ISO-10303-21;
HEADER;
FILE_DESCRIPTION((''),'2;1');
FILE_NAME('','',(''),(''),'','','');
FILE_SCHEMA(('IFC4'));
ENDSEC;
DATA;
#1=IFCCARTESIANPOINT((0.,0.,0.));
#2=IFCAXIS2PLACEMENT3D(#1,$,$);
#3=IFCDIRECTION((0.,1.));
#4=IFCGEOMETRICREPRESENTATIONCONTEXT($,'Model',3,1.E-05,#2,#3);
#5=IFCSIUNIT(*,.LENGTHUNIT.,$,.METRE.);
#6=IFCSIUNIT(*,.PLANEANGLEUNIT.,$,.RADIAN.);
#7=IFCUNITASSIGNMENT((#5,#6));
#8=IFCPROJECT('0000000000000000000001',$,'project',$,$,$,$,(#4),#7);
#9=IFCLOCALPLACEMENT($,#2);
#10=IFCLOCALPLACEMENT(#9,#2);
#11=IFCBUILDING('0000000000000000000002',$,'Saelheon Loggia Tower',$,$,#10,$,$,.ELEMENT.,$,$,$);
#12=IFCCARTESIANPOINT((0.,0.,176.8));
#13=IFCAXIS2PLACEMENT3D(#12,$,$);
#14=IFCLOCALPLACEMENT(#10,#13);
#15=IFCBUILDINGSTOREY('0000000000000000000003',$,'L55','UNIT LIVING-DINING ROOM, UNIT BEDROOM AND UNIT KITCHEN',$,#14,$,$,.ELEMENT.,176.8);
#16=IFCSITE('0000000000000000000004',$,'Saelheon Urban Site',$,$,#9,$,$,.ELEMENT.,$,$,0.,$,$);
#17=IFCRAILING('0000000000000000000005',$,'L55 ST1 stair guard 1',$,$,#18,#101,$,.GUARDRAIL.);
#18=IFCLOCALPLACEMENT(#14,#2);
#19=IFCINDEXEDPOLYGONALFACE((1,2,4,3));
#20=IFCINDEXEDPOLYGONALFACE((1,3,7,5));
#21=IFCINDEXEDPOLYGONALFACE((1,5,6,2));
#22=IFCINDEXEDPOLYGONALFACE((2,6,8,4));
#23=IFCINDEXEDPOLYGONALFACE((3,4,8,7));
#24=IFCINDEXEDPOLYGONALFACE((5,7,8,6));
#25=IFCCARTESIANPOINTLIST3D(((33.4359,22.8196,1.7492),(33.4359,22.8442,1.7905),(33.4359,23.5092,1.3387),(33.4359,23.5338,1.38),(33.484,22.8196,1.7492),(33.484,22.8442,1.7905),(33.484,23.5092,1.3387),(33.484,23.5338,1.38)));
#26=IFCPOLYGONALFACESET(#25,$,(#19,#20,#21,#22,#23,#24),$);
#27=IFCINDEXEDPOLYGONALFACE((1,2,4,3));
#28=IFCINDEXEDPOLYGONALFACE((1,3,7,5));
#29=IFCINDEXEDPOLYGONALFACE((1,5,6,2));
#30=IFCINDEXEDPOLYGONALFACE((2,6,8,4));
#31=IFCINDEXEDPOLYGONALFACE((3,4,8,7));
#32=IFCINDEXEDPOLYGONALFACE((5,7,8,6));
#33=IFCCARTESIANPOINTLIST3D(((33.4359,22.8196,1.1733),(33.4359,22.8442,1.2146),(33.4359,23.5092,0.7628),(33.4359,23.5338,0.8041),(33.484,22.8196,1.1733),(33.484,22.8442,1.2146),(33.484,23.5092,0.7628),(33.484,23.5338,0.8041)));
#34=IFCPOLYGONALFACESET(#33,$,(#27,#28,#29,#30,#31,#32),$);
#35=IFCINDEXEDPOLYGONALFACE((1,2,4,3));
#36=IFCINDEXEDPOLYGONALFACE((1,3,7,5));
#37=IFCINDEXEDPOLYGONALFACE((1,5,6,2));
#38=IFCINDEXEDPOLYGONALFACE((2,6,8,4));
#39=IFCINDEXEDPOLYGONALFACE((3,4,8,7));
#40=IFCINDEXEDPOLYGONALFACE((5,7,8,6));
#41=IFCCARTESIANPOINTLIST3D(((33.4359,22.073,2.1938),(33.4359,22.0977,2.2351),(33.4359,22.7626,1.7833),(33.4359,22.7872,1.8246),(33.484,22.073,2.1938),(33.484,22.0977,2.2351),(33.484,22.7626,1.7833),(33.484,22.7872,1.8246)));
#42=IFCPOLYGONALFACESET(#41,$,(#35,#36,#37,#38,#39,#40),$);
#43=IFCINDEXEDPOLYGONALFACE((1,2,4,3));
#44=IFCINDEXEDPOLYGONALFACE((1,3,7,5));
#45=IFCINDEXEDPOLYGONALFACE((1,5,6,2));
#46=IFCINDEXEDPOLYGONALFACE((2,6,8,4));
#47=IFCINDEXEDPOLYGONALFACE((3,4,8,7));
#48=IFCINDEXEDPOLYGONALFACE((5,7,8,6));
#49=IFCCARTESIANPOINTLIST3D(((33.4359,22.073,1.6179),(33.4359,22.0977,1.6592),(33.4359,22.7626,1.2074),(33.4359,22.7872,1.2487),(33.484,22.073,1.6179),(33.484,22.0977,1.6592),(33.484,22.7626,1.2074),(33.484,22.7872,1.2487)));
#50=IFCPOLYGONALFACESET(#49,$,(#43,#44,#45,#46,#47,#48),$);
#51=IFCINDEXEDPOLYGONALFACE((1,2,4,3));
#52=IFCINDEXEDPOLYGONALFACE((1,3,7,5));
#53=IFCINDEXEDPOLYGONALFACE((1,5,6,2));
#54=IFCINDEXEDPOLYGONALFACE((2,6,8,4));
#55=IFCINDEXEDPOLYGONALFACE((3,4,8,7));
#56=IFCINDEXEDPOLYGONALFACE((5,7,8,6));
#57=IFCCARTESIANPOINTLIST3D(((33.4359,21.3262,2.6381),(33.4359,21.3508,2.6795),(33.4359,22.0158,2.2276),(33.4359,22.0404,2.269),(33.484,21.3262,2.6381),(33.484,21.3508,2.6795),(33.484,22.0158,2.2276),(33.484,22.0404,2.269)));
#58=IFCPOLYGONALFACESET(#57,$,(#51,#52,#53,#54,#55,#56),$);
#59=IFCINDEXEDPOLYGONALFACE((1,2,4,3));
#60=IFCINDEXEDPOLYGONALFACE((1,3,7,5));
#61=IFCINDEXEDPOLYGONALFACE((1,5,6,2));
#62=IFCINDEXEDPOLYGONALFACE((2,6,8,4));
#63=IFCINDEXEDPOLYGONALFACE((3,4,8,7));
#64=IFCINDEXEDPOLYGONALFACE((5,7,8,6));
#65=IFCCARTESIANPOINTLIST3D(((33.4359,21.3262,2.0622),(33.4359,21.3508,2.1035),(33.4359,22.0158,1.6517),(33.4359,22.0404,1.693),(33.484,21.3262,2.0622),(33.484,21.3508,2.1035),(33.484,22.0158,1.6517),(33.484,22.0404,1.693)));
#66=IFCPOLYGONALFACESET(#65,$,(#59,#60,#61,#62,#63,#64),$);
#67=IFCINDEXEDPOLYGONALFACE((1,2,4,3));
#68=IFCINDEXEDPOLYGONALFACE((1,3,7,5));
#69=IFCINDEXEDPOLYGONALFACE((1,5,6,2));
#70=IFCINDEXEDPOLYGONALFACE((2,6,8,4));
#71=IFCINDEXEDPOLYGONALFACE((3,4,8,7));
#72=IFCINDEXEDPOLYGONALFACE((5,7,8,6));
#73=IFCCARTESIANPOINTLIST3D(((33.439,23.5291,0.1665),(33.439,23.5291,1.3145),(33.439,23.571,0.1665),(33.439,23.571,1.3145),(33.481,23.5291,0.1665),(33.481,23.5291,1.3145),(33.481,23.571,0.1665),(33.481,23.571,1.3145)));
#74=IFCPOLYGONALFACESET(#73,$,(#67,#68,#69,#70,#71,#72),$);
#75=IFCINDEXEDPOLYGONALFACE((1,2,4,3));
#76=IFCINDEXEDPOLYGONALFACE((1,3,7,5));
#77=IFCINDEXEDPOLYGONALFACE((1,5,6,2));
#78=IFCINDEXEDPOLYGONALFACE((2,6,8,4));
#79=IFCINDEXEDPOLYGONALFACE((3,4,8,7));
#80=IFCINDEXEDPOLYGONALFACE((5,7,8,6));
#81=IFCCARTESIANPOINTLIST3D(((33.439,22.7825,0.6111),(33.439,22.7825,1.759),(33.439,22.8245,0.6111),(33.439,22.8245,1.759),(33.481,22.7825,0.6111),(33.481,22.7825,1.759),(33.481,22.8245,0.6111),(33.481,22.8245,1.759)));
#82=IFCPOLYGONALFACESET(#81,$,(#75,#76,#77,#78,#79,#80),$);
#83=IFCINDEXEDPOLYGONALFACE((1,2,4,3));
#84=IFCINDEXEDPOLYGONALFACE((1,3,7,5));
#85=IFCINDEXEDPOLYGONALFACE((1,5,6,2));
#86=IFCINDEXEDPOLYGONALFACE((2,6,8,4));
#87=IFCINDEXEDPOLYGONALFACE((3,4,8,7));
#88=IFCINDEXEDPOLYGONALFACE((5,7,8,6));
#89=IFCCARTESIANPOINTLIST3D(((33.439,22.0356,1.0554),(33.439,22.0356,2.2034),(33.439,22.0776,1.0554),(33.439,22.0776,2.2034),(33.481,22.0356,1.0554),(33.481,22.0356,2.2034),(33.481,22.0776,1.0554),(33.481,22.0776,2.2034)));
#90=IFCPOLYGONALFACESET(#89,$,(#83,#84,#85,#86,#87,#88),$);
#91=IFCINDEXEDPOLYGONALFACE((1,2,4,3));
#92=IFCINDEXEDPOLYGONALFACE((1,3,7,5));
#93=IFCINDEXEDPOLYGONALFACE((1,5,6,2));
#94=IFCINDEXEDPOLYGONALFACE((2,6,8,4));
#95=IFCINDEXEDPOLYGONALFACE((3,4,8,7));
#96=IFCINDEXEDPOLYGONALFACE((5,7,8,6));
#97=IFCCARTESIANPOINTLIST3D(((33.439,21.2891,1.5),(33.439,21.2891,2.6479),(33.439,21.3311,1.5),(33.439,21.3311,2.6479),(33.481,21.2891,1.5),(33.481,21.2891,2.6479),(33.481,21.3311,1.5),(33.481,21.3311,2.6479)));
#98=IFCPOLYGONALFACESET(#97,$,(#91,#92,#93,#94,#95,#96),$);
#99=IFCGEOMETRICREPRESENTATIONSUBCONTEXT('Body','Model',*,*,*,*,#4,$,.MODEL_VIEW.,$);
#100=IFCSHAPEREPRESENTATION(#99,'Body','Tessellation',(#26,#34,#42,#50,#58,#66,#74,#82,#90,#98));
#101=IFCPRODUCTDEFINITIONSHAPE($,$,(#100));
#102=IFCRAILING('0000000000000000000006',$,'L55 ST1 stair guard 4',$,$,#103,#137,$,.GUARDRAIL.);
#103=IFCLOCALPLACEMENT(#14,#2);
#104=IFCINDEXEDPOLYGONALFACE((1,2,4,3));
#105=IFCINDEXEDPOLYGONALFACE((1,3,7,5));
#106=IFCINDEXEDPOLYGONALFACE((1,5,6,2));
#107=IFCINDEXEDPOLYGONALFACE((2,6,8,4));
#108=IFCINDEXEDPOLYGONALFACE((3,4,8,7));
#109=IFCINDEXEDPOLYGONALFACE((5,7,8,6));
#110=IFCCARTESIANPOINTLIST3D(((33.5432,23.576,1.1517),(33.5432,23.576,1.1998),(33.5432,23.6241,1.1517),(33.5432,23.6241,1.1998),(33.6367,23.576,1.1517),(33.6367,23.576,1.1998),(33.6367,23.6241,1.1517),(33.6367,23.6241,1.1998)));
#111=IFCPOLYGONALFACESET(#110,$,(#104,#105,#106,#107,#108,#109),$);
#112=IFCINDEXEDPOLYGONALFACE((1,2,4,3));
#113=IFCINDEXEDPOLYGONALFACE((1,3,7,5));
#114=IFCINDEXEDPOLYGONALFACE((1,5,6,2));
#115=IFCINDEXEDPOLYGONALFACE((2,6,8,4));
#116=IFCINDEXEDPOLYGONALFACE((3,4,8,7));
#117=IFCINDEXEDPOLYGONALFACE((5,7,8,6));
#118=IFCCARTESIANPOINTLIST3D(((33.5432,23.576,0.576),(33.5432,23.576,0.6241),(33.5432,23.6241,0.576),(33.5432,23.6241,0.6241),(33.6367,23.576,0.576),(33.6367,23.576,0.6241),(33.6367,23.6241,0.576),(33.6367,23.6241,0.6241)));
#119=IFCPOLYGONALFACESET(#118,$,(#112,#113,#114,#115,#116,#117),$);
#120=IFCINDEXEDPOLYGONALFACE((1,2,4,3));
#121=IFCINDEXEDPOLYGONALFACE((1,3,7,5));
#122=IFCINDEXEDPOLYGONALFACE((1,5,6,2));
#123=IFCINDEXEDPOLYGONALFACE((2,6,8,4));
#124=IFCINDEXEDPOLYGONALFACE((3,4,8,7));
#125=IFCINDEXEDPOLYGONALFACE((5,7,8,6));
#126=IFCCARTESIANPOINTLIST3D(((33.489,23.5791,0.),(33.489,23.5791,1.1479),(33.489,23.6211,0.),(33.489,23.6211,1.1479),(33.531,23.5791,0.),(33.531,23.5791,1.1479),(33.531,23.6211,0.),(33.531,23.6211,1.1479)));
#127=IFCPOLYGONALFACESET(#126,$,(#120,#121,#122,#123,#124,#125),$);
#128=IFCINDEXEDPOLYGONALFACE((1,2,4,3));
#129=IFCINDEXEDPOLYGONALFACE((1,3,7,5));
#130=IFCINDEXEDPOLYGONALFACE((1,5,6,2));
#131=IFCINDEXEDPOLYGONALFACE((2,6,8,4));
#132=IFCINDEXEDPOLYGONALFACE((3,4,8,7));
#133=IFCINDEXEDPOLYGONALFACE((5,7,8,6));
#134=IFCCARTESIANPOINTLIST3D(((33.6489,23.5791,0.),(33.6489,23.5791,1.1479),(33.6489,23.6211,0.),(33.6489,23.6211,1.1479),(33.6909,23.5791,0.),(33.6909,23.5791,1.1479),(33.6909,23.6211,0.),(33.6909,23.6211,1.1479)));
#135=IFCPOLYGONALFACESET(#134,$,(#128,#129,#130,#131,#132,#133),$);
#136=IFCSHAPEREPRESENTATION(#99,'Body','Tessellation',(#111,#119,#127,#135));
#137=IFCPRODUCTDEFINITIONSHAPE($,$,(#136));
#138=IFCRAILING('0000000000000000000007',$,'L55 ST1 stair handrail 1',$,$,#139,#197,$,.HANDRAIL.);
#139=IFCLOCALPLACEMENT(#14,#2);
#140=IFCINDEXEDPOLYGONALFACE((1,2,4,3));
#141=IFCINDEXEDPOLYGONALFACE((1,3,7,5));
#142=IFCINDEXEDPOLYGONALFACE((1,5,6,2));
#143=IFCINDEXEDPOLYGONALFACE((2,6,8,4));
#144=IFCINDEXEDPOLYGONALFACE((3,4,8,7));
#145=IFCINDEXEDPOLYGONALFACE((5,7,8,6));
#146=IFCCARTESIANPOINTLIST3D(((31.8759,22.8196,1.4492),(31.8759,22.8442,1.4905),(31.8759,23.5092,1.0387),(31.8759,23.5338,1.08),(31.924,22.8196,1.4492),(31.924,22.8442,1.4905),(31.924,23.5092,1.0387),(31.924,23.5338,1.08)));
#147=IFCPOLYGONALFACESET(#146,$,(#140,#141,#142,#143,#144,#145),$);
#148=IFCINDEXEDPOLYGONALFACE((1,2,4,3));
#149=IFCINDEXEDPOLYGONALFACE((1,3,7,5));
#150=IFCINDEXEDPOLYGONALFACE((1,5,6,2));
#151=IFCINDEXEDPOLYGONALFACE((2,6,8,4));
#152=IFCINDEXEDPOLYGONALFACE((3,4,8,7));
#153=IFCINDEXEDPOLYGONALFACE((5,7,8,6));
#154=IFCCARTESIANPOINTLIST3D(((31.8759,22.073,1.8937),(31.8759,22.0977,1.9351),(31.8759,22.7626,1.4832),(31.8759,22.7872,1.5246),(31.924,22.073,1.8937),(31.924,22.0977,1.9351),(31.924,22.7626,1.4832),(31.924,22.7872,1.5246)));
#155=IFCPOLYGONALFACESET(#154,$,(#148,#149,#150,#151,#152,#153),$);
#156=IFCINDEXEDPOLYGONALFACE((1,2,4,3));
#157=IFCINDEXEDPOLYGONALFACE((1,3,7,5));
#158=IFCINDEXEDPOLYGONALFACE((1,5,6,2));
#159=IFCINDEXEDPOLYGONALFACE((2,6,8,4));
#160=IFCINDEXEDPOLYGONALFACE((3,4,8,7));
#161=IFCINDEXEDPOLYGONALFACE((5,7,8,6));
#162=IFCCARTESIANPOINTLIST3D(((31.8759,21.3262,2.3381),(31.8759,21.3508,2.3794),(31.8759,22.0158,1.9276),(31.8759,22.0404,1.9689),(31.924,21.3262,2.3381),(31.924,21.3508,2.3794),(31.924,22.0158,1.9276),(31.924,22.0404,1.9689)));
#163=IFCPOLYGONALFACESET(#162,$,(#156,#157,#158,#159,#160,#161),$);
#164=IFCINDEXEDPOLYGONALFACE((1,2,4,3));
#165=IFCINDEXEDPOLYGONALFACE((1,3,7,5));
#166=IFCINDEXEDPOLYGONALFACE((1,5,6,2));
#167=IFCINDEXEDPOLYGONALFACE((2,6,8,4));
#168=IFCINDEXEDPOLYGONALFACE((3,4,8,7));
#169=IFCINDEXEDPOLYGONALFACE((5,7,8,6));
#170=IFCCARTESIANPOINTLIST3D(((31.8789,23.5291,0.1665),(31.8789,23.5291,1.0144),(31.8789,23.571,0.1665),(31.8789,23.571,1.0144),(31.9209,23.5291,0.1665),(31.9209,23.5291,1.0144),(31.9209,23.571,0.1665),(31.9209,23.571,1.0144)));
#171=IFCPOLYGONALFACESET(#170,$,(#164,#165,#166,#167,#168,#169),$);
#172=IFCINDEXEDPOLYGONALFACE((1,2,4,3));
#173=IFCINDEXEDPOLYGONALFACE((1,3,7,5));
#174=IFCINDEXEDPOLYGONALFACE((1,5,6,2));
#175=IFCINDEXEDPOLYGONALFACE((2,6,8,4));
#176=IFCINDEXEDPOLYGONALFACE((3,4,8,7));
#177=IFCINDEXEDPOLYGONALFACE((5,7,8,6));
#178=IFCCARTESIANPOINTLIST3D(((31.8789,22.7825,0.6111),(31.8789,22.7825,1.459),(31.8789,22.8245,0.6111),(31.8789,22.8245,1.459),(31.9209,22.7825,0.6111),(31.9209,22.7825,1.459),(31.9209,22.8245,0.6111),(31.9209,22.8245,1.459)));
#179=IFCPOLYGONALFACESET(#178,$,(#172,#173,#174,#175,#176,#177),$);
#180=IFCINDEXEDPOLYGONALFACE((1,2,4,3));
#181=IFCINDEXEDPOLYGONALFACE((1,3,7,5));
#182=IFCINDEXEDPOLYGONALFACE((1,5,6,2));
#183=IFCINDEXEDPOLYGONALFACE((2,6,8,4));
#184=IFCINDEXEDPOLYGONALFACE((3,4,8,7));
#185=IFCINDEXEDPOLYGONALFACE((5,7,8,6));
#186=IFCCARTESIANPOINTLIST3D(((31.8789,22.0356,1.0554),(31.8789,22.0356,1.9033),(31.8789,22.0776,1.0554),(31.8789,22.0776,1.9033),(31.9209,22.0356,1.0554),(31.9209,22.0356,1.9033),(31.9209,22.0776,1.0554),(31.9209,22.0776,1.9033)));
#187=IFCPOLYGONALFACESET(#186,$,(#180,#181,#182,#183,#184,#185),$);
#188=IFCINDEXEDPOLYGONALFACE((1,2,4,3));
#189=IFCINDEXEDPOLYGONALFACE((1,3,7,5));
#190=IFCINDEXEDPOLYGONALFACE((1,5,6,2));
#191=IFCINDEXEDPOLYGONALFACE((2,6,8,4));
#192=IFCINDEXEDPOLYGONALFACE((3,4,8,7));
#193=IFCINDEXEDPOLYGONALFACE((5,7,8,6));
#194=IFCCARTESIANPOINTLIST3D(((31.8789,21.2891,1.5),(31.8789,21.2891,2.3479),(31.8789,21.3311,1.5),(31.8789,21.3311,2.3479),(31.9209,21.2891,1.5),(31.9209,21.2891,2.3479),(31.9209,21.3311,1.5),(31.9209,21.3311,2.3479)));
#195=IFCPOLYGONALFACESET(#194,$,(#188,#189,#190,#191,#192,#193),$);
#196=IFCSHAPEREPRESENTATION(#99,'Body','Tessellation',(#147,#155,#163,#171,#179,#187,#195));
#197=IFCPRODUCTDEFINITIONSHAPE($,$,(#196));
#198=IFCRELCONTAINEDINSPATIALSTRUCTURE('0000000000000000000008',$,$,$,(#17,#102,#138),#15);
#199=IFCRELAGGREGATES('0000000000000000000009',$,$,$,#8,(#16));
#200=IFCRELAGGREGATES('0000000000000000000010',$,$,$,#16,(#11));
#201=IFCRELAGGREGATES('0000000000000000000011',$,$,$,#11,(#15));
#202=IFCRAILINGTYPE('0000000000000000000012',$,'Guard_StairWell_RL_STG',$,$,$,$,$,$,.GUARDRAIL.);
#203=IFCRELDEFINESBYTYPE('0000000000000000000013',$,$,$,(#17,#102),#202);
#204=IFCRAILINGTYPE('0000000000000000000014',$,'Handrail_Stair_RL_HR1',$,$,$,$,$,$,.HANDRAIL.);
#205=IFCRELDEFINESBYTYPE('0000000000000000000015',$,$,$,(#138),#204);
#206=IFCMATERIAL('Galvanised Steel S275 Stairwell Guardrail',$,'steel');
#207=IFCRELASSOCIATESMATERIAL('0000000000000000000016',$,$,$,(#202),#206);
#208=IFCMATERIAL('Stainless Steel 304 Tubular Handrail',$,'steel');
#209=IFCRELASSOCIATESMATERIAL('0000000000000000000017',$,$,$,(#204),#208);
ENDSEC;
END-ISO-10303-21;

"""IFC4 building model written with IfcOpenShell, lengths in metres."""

from ifc_helpers import new_model, si_unit, direction, frame, origin, origin_2d, place, context, subcontext, project, spatial, rectangle, extrude, material, type_object, element, save


model = new_model("IFC4")

# Units and contexts
model_context = context("Model", 3, precision=1e-05, world=origin(), true_north=direction((0.0, 1.0)))
body_context = subcontext(model_context, "Body", "Model", "MODEL_VIEW")
ifc_project = project(units=[si_unit("LENGTHUNIT", "METRE"), si_unit("PLANEANGLEUNIT", "RADIAN")], contexts=[model_context])

# Site, building, storey
site_placement = place(None, origin())
site = spatial("IfcSite", under=ifc_project, at=site_placement, Name="Saelheon Urban Site", CompositionType="ELEMENT", RefElevation=0.0)
building_placement = place(site_placement, origin())
building = spatial("IfcBuilding", under=site, at=building_placement, Name="Saelheon Loggia Tower", CompositionType="ELEMENT")
storey_placement = place(building_placement, frame((0.0, 0.0, 176.8)))
storey = spatial("IfcBuildingStorey", under=building, at=storey_placement, Name="L55", Description="UNIT LIVING-DINING ROOM, UNIT BEDROOM AND UNIT KITCHEN", CompositionType="ELEMENT", Elevation=176.8)

# Railings
ifc_material_1 = material(Name="Galvanised Steel S275 Stairwell Guardrail", Category="steel")
railing_type_1 = type_object("IfcRailingType", Name="Guard_StairWell_RL_STG", PredefinedType="GUARDRAIL", material=ifc_material_1)
railing_1_placement = place(storey_placement, frame((33.46, 23.55, 0.1665)))
element("IfcRailing", 1, at=railing_1_placement, inside=storey, type_object=railing_type_1, Name="L55 ST1 stair guard 1", PredefinedType="GUARDRAIL", context=body_context, shape_type="SweptSolid", body=[
    extrude(rectangle(XDim=0.0481, YDim=0.0481, at=origin_2d()), frame((0.0, -0.0286, 1.1929), z_axis=(0.0, -0.859264, 0.511532), x_axis=(1.0, 0.0, 0.0)), (0.0, 0.0, 1.0), 0.8025),
    extrude(rectangle(XDim=0.0481, YDim=0.0481, at=origin_2d()), frame((0.0, -0.0286, 0.6169), z_axis=(0.0, -0.859264, 0.511532), x_axis=(1.0, 0.0, 0.0)), (0.0, 0.0, 1.0), 0.8025),
    extrude(rectangle(XDim=0.0481, YDim=0.0481, at=origin_2d()), frame((0.0, -0.7751, 1.6375), z_axis=(0.0, -0.859264, 0.511532), x_axis=(1.0, 0.0, 0.0)), (0.0, 0.0, 1.0), 0.8025),
    extrude(rectangle(XDim=0.0481, YDim=0.0481, at=origin_2d()), frame((0.0, -0.7751, 1.0615), z_axis=(0.0, -0.859264, 0.511532), x_axis=(1.0, 0.0, 0.0)), (0.0, 0.0, 1.0), 0.8025),
    extrude(rectangle(XDim=0.0481, YDim=0.0481, at=origin_2d()), frame((0.0, -1.522, 2.0818), z_axis=(0.0, -0.859264, 0.511532), x_axis=(1.0, 0.0, 0.0)), (0.0, 0.0, 1.0), 0.8025),
    extrude(rectangle(XDim=0.0481, YDim=0.0481, at=origin_2d()), frame((0.0, -1.522, 1.5059), z_axis=(0.0, -0.859264, 0.511532), x_axis=(1.0, 0.0, 0.0)), (0.0, 0.0, 1.0), 0.8025),
    extrude(rectangle(XDim=0.042, YDim=0.042, at=origin_2d()), origin(), (0.0, 0.0, 1.0), 1.1479),
    extrude(rectangle(XDim=0.042, YDim=0.042, at=origin_2d()), frame((0.0, -0.7466, 0.4446)), (0.0, 0.0, 1.0), 1.1479),
    extrude(rectangle(XDim=0.042, YDim=0.042, at=origin_2d()), frame((0.0, -1.4934, 0.8889)), (0.0, 0.0, 1.0), 1.1479),
    extrude(rectangle(XDim=0.042, YDim=0.042, at=origin_2d()), frame((0.0, -2.24, 1.3335)), (0.0, 0.0, 1.0), 1.1479),
])
railing_2_placement = place(storey_placement, frame((33.51, 23.6001, 0.0)))
element("IfcRailing", 2, at=railing_2_placement, inside=storey, type_object=railing_type_1, Name="L55 ST1 stair guard 4", PredefinedType="GUARDRAIL", context=body_context, shape_type="SweptSolid", body=[
    extrude(rectangle(XDim=0.0481, YDim=0.0481, at=origin_2d()), frame((0.0332, 0.0, 1.1758), z_axis=(1.0, 0.0, 0.0), x_axis=(0.0, 1.0, 0.0)), (0.0, 0.0, 1.0), 0.0935),
    extrude(rectangle(XDim=0.0481, YDim=0.0481, at=origin_2d()), frame((0.0332, 0.0, 0.6001), z_axis=(1.0, 0.0, 0.0), x_axis=(0.0, 1.0, 0.0)), (0.0, 0.0, 1.0), 0.0935),
    extrude(rectangle(XDim=0.042, YDim=0.042, at=origin_2d()), origin(), (0.0, 0.0, 1.0), 1.1479),
    extrude(rectangle(XDim=0.042, YDim=0.042, at=origin_2d()), frame((0.1599, 0.0, 0.0)), (0.0, 0.0, 1.0), 1.1479),
])
ifc_material_2 = material(Name="Stainless Steel 304 Tubular Handrail", Category="steel")
railing_type_2 = type_object("IfcRailingType", Name="Handrail_Stair_RL_HR1", PredefinedType="HANDRAIL", material=ifc_material_2)
railing_3_placement = place(storey_placement, frame((31.8999, 23.55, 0.1665)))
element("IfcRailing", 3, at=railing_3_placement, inside=storey, type_object=railing_type_2, Name="L55 ST1 stair handrail 1", PredefinedType="HANDRAIL", context=body_context, shape_type="SweptSolid", body=[
    extrude(rectangle(XDim=0.0481, YDim=0.0481, at=origin_2d()), frame((0.0, -0.0286, 0.8928), z_axis=(0.0, -0.859264, 0.511532), x_axis=(1.0, 0.0, 0.0)), (0.0, 0.0, 1.0), 0.8025),
    extrude(rectangle(XDim=0.0481, YDim=0.0481, at=origin_2d()), frame((0.0, -0.7751, 1.3374), z_axis=(0.0, -0.859264, 0.511532), x_axis=(1.0, 0.0, 0.0)), (0.0, 0.0, 1.0), 0.8025),
    extrude(rectangle(XDim=0.0481, YDim=0.0481, at=origin_2d()), frame((0.0, -1.522, 1.7817), z_axis=(0.0, -0.859264, 0.511532), x_axis=(1.0, 0.0, 0.0)), (0.0, 0.0, 1.0), 0.8025),
    extrude(rectangle(XDim=0.042, YDim=0.042, at=origin_2d()), origin(), (0.0, 0.0, 1.0), 0.8479),
    extrude(rectangle(XDim=0.042, YDim=0.042, at=origin_2d()), frame((0.0, -0.7466, 0.4446)), (0.0, 0.0, 1.0), 0.8479),
    extrude(rectangle(XDim=0.042, YDim=0.042, at=origin_2d()), frame((0.0, -1.4934, 0.8889)), (0.0, 0.0, 1.0), 0.8479),
    extrude(rectangle(XDim=0.042, YDim=0.042, at=origin_2d()), frame((0.0, -2.24, 1.3335)), (0.0, 0.0, 1.0), 0.8479),
])

save(model, "model.ifc")
